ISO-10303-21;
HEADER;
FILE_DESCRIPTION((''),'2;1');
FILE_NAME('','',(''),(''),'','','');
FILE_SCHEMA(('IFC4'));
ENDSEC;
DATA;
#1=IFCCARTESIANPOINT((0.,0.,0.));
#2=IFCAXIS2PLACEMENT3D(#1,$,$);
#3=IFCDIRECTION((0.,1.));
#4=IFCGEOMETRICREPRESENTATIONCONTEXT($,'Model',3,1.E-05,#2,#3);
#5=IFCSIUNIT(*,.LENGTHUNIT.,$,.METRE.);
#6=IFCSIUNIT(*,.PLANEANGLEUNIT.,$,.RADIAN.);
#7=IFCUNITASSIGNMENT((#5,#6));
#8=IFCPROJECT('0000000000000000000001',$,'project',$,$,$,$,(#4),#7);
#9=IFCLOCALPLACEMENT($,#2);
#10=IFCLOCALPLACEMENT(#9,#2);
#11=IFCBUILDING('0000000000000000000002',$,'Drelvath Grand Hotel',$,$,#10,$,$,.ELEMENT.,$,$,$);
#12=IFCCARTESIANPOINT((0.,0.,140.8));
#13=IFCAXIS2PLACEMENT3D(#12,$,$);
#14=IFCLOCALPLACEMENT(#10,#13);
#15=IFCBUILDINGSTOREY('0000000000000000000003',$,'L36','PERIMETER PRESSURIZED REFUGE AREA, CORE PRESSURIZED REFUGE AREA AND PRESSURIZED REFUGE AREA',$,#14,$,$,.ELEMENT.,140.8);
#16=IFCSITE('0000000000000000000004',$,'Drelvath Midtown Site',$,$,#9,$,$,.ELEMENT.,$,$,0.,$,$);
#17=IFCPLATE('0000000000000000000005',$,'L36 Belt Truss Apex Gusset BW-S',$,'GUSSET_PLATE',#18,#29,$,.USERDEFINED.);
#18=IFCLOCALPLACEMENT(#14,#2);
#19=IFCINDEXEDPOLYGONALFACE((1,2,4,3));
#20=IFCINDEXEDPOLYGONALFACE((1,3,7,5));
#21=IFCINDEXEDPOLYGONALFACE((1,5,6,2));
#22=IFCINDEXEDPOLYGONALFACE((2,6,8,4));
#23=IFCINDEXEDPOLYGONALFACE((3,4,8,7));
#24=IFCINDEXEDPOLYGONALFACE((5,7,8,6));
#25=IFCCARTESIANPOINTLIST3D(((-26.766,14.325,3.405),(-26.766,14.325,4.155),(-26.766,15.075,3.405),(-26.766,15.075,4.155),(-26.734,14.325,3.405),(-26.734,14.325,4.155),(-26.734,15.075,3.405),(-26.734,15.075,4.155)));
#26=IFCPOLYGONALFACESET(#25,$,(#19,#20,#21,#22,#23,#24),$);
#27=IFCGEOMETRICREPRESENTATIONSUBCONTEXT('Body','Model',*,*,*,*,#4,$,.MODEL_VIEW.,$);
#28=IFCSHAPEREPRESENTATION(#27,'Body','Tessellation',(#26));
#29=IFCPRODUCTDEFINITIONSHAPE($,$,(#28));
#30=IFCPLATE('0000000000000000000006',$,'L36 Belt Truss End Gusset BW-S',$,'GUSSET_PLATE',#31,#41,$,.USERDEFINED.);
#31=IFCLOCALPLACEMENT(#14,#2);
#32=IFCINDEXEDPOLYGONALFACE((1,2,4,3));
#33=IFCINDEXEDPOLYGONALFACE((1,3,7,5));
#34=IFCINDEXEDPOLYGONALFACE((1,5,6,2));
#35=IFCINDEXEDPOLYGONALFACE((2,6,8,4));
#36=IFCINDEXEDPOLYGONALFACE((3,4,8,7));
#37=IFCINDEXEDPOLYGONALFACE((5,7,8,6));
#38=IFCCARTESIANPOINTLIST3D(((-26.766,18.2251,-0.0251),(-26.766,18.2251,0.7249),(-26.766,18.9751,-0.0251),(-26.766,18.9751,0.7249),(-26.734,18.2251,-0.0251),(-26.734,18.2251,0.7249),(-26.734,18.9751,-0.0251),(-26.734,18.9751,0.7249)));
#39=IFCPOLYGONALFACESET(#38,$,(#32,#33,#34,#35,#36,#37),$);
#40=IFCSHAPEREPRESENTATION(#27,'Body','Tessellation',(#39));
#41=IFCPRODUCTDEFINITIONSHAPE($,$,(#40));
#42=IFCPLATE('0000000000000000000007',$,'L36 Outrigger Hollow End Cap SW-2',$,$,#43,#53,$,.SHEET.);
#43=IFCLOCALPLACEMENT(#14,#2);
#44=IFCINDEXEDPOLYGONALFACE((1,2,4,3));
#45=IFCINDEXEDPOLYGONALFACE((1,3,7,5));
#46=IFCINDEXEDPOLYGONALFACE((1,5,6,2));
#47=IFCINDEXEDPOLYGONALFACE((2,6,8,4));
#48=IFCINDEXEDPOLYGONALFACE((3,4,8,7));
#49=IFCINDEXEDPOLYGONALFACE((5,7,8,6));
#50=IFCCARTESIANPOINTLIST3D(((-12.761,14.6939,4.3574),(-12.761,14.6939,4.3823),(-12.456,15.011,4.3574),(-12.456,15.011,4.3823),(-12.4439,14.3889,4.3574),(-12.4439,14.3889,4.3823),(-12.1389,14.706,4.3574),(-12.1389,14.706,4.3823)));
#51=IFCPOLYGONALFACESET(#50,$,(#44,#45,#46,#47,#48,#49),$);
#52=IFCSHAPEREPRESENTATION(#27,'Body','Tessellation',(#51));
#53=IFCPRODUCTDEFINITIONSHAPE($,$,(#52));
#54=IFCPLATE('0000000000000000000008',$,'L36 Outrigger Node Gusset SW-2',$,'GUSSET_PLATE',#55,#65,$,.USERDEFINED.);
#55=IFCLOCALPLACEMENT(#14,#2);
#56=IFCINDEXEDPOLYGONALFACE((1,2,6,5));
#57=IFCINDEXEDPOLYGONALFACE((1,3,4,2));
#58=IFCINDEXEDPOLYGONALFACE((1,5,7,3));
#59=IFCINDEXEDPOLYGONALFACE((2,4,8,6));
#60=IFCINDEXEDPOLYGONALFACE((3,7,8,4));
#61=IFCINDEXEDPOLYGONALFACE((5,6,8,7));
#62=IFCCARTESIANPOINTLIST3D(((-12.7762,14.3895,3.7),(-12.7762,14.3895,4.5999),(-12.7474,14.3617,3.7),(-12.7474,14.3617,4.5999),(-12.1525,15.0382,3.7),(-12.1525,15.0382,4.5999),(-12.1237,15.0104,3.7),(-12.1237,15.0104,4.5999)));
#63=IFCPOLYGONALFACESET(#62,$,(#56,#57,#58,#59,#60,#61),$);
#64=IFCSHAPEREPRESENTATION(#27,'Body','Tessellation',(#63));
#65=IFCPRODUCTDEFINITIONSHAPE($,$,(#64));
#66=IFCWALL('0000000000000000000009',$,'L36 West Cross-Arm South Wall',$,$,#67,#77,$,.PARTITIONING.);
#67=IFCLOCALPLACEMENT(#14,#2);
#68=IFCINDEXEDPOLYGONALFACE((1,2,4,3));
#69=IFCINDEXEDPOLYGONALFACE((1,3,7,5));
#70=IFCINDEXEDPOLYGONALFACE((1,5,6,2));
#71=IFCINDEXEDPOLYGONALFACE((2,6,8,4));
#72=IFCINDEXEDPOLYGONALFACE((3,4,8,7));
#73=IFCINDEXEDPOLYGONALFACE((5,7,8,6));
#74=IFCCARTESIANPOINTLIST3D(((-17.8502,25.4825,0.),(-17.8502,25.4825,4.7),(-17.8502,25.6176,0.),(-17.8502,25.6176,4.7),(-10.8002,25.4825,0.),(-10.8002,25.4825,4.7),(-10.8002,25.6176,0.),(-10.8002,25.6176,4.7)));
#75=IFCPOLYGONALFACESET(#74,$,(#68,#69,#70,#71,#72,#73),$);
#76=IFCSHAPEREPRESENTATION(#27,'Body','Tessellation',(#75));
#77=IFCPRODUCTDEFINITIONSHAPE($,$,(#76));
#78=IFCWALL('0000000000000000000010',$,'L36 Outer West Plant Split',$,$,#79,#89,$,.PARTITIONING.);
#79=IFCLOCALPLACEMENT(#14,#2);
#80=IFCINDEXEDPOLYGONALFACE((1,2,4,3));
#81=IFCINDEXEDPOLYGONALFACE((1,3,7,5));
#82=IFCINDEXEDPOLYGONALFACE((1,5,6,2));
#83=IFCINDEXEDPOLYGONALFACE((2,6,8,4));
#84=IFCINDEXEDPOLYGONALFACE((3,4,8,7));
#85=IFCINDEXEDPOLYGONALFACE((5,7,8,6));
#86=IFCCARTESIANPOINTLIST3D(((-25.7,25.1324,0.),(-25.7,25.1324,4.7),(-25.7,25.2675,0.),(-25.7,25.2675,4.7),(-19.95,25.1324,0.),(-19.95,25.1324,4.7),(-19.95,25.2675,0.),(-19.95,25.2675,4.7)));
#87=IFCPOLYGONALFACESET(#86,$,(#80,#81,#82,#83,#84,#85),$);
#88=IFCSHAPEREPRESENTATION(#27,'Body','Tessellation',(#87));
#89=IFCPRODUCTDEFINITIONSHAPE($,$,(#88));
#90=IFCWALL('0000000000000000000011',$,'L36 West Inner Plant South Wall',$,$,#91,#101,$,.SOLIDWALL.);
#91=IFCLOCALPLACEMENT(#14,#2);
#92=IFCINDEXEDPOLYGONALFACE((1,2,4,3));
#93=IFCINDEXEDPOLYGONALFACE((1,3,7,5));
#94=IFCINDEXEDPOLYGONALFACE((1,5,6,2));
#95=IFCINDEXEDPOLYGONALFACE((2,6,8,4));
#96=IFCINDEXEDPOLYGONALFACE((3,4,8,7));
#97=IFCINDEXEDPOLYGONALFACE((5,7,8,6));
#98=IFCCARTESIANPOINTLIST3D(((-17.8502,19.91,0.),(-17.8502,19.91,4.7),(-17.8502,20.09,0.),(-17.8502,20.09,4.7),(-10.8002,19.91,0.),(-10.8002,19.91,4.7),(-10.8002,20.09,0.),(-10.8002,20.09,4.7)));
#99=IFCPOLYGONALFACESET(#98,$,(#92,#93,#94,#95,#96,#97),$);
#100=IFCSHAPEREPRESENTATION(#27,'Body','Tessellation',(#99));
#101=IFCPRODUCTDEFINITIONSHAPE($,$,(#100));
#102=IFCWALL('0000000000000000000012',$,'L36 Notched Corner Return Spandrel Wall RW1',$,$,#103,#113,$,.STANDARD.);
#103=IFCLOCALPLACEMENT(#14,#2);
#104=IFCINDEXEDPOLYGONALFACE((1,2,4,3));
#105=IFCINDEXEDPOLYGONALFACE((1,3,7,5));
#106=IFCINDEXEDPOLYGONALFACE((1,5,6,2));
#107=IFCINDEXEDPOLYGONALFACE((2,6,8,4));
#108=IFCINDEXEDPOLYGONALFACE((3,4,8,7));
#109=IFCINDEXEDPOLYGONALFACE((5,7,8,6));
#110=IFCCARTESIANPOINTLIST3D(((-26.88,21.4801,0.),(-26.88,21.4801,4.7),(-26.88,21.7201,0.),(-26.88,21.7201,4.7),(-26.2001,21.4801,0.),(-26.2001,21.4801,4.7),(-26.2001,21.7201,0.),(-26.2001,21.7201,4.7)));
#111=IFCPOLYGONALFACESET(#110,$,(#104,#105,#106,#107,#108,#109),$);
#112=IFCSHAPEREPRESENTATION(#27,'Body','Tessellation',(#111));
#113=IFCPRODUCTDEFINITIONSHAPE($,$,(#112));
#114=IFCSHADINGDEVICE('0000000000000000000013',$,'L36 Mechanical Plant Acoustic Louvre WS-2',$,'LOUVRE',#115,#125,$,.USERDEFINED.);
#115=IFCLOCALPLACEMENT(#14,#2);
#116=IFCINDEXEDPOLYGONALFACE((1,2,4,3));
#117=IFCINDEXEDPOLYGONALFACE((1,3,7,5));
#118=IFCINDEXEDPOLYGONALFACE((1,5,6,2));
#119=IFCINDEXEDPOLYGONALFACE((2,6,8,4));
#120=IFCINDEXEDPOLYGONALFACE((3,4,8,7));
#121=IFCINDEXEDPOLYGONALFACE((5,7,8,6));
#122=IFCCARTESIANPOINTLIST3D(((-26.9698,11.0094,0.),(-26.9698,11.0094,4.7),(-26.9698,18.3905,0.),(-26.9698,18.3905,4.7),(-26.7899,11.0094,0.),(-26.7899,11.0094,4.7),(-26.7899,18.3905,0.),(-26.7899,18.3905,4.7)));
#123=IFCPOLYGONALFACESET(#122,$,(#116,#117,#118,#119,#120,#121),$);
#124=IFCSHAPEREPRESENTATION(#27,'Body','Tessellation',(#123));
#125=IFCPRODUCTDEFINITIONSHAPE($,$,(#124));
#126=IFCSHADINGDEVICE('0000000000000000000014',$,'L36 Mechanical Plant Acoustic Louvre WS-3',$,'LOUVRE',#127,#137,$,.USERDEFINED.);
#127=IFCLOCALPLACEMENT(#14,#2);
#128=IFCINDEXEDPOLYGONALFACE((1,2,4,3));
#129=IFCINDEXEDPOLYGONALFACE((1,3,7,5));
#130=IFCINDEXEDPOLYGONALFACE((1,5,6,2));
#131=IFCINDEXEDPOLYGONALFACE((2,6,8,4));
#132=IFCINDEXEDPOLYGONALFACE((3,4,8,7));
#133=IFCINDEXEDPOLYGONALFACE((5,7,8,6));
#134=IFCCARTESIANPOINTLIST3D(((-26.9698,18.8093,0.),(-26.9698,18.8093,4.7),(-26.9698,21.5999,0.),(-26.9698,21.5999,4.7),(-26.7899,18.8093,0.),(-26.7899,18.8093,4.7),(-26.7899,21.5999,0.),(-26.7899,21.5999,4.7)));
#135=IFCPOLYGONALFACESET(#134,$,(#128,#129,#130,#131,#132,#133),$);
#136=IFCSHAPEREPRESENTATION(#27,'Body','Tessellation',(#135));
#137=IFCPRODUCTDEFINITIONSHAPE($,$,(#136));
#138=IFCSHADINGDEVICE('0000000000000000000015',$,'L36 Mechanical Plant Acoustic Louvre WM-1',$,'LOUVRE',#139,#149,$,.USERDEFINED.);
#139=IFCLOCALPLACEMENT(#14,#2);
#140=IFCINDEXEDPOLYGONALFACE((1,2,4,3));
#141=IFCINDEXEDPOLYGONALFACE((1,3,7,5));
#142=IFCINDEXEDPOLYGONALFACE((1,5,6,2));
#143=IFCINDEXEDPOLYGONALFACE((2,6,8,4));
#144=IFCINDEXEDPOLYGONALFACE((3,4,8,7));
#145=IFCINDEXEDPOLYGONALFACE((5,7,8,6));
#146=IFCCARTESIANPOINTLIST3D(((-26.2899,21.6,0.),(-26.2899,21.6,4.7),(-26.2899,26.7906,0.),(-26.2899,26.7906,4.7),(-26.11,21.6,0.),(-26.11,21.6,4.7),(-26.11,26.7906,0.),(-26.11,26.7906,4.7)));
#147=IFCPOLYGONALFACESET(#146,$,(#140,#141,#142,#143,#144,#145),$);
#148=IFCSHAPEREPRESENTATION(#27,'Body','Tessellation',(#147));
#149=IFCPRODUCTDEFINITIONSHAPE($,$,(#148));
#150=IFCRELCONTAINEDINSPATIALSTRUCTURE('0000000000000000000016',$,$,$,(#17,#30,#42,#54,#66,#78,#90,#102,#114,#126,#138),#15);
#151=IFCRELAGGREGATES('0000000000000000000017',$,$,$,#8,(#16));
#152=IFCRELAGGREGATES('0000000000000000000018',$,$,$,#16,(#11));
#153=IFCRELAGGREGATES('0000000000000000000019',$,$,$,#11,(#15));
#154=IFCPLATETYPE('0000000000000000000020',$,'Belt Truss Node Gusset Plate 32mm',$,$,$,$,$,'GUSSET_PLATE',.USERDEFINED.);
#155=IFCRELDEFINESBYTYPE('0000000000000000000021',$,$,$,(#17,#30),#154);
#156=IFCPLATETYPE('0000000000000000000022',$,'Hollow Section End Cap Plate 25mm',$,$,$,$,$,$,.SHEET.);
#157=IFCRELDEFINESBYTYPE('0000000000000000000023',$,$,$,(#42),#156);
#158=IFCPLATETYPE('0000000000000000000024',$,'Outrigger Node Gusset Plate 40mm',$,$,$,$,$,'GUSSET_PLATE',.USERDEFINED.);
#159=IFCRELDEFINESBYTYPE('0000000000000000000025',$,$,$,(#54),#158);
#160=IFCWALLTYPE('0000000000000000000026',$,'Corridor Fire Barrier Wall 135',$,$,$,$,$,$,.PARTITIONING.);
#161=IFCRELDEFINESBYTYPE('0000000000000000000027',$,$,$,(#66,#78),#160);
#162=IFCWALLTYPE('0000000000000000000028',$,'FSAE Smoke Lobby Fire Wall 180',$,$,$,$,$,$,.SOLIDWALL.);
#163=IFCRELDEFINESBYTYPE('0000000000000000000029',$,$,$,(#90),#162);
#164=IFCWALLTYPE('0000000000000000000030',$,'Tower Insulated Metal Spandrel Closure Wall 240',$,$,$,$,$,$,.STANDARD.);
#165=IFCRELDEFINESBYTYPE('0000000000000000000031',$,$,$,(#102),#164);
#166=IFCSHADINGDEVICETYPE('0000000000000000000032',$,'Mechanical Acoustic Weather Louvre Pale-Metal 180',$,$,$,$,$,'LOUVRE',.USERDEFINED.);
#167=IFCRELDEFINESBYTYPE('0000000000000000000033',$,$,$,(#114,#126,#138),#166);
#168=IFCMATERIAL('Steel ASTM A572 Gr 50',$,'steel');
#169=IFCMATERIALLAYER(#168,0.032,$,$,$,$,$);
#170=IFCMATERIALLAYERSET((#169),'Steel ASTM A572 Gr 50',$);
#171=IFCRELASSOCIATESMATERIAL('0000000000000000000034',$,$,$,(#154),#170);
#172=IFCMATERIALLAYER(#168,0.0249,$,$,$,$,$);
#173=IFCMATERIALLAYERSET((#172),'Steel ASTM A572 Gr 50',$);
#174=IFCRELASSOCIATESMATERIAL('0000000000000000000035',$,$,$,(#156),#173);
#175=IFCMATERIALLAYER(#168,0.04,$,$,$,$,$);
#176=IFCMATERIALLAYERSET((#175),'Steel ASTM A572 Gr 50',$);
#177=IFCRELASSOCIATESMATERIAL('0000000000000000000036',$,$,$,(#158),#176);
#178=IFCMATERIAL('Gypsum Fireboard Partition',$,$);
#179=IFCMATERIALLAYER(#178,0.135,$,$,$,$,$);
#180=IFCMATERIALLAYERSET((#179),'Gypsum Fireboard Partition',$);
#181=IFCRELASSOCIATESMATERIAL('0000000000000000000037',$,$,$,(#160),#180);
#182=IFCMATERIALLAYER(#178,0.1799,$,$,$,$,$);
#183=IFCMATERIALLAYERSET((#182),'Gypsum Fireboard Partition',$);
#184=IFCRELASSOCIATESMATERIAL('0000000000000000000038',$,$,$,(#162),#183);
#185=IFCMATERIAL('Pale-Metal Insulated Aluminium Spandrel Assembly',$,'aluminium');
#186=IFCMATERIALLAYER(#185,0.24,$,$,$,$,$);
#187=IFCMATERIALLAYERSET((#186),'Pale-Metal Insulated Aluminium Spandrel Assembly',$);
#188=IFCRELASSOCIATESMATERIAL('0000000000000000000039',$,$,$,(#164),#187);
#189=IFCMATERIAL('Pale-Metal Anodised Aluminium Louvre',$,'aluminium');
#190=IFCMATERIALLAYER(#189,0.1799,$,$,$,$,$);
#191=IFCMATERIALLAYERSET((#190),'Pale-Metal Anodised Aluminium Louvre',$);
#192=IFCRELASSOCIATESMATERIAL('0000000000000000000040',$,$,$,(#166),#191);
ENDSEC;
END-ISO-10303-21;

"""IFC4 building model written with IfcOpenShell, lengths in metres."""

from ifc_helpers import new_model, si_unit, direction, frame, frame_2d, origin, origin_2d, place, context, subcontext, project, spatial, rectangle, extrude, material, layer, layer_set, type_object, element, save


model = new_model("IFC4")

# Units and contexts
model_context = context("Model", 3, precision=1e-05, world=origin(), true_north=direction((0.0, 1.0)))
body_context = subcontext(model_context, "Body", "Model", "MODEL_VIEW")
ifc_project = project(units=[si_unit("LENGTHUNIT", "METRE"), si_unit("PLANEANGLEUNIT", "RADIAN")], contexts=[model_context])

# Site, building, storey
site_placement = place(None, origin())
site = spatial("IfcSite", under=ifc_project, at=site_placement, Name="Drelvath Midtown Site", CompositionType="ELEMENT", RefElevation=0.0)
building_placement = place(site_placement, origin())
building = spatial("IfcBuilding", under=site, at=building_placement, Name="Drelvath Grand Hotel", CompositionType="ELEMENT")
storey_placement = place(building_placement, frame((0.0, 0.0, 140.8)))
storey = spatial("IfcBuildingStorey", under=building, at=storey_placement, Name="L36", Description="PERIMETER PRESSURIZED REFUGE AREA, CORE PRESSURIZED REFUGE AREA AND PRESSURIZED REFUGE AREA", CompositionType="ELEMENT", Elevation=140.8)

# Plates
ifc_material_1 = material(Name="Steel ASTM A572 Gr 50", Category="steel")
ifc_layer_1 = layer(ifc_material_1, 0.032)
ifc_layer_set_1 = layer_set([ifc_layer_1], Name="Steel ASTM A572 Gr 50")
plate_type_1 = type_object("IfcPlateType", Name="Belt Truss Node Gusset Plate 32mm", ElementType="GUSSET_PLATE", PredefinedType="USERDEFINED", material=ifc_layer_set_1)
for number, where, z_axis, x_axis, name in (
    (1, (-26.75, 14.7, 3.405), (0.0, 0.0, 1.0), (0.0, 1.0, 0.0), "L36 Belt Truss Apex Gusset BW-S"),
    (2, (-26.75, 18.6001, -0.0251), (0.0, 0.0, 1.0), (0.0, 1.0, 0.0), "L36 Belt Truss End Gusset BW-S"),
):
    element("IfcPlate", number, at=place(storey_placement, frame(where, z_axis=z_axis, x_axis=x_axis)), inside=storey, type_object=plate_type_1, Name=name, ObjectType="GUSSET_PLATE", PredefinedType="USERDEFINED", context=body_context, shape_type="SweptSolid", body=[
        extrude(rectangle(XDim=0.75, YDim=0.032, at=origin_2d()), origin(), (0.0, 0.0, 1.0), 0.75),
    ])
ifc_layer_2 = layer(ifc_material_1, 0.0249)
ifc_layer_set_2 = layer_set([ifc_layer_2], Name="Steel ASTM A572 Gr 50")
plate_type_2 = type_object("IfcPlateType", Name="Hollow Section End Cap Plate 25mm", PredefinedType="SHEET", material=ifc_layer_set_2)
plate_1_placement = place(storey_placement, frame((-12.45, 14.7, 4.3574), z_axis=(0.0, 0.0, 1.0), x_axis=(-0.693109, -0.720833, 0.0)))
element("IfcPlate", 3, at=plate_1_placement, inside=storey, type_object=plate_type_2, Name="L36 Outrigger Hollow End Cap SW-2", PredefinedType="SHEET", context=body_context, shape_type="SweptSolid", body=[
    extrude(rectangle(XDim=0.4399, YDim=0.4399, at=origin_2d()), origin(), (0.0, 0.0, 1.0), 0.0249),
])
ifc_layer_3 = layer(ifc_material_1, 0.04)
ifc_layer_set_3 = layer_set([ifc_layer_3], Name="Steel ASTM A572 Gr 50")
plate_type_3 = type_object("IfcPlateType", Name="Outrigger Node Gusset Plate 40mm", ElementType="GUSSET_PLATE", PredefinedType="USERDEFINED", material=ifc_layer_set_3)
plate_2_placement = place(storey_placement, frame((-12.45, 14.7, 3.7), z_axis=(0.0, 0.0, 1.0), x_axis=(-0.693109, -0.720833, 0.0)))
element("IfcPlate", 4, at=plate_2_placement, inside=storey, type_object=plate_type_3, Name="L36 Outrigger Node Gusset SW-2", ObjectType="GUSSET_PLATE", PredefinedType="USERDEFINED", context=body_context, shape_type="SweptSolid", body=[
    extrude(rectangle(XDim=0.8999, YDim=0.04, at=origin_2d()), origin(), (0.0, 0.0, 1.0), 0.8999),
])

# Walls
ifc_material_2 = material(Name="Gypsum Fireboard Partition")
ifc_layer_4 = layer(ifc_material_2, 0.135)
ifc_layer_set_4 = layer_set([ifc_layer_4], Name="Gypsum Fireboard Partition")
wall_type_1 = type_object("IfcWallType", Name="Corridor Fire Barrier Wall 135", PredefinedType="PARTITIONING", material=ifc_layer_set_4)
wall_1_placement = place(storey_placement, frame((-17.8501, 25.55, 0.0), z_axis=(0.0, 0.0, 1.0), x_axis=(1.0, 0.0, 0.0)))
element("IfcWall", 5, at=wall_1_placement, inside=storey, type_object=wall_type_1, Name="L36 West Cross-Arm South Wall", PredefinedType="PARTITIONING", context=body_context, shape_type="SweptSolid", body=[
    extrude(rectangle(XDim=7.05, YDim=0.135, at=frame_2d((3.5249, 0.0))), origin(), (0.0, 0.0, 1.0), 4.7),
])
wall_2_placement = place(storey_placement, frame((-25.7, 25.2, 0.0), z_axis=(0.0, 0.0, 1.0), x_axis=(1.0, 0.0, 0.0)))
element("IfcWall", 6, at=wall_2_placement, inside=storey, type_object=wall_type_1, Name="L36 Outer West Plant Split", PredefinedType="PARTITIONING", context=body_context, shape_type="SweptSolid", body=[
    extrude(rectangle(XDim=5.75, YDim=0.135, at=frame_2d((2.875, 0.0))), origin(), (0.0, 0.0, 1.0), 4.7),
])
ifc_layer_5 = layer(ifc_material_2, 0.1799)
ifc_layer_set_5 = layer_set([ifc_layer_5], Name="Gypsum Fireboard Partition")
wall_type_2 = type_object("IfcWallType", Name="FSAE Smoke Lobby Fire Wall 180", PredefinedType="SOLIDWALL", material=ifc_layer_set_5)
wall_3_placement = place(storey_placement, frame((-17.8501, 20.0, 0.0), z_axis=(0.0, 0.0, 1.0), x_axis=(1.0, 0.0, 0.0)))
element("IfcWall", 7, at=wall_3_placement, inside=storey, type_object=wall_type_2, Name="L36 West Inner Plant South Wall", PredefinedType="SOLIDWALL", context=body_context, shape_type="SweptSolid", body=[
    extrude(rectangle(XDim=7.05, YDim=0.1799, at=frame_2d((3.5249, 0.0))), origin(), (0.0, 0.0, 1.0), 4.7),
])
ifc_material_3 = material(Name="Pale-Metal Insulated Aluminium Spandrel Assembly", Category="aluminium")
ifc_layer_6 = layer(ifc_material_3, 0.24)
ifc_layer_set_6 = layer_set([ifc_layer_6], Name="Pale-Metal Insulated Aluminium Spandrel Assembly")
wall_type_3 = type_object("IfcWallType", Name="Tower Insulated Metal Spandrel Closure Wall 240", PredefinedType="STANDARD", material=ifc_layer_set_6)
wall_4_placement = place(storey_placement, frame((-26.8799, 21.6001, 0.0), z_axis=(0.0, 0.0, 1.0), x_axis=(1.0, 0.0, 0.0)))
element("IfcWall", 8, at=wall_4_placement, inside=storey, type_object=wall_type_3, Name="L36 Notched Corner Return Spandrel Wall RW1", PredefinedType="STANDARD", context=body_context, shape_type="SweptSolid", body=[
    extrude(rectangle(XDim=0.6799, YDim=0.24, at=frame_2d((0.3398, 0.0))), origin(), (0.0, 0.0, 1.0), 4.7),
])

# Shading devices
ifc_material_4 = material(Name="Pale-Metal Anodised Aluminium Louvre", Category="aluminium")
ifc_layer_7 = layer(ifc_material_4, 0.1799)
ifc_layer_set_7 = layer_set([ifc_layer_7], Name="Pale-Metal Anodised Aluminium Louvre")
shading_device_type = type_object("IfcShadingDeviceType", Name="Mechanical Acoustic Weather Louvre Pale-Metal 180", ElementType="LOUVRE", PredefinedType="USERDEFINED", material=ifc_layer_set_7)
shading_device_1_placement = place(storey_placement, frame((-26.8799, 14.7, 0.0), z_axis=(0.0, 0.0, 1.0), x_axis=(0.0, 1.0, 0.0)))
element("IfcShadingDevice", 9, at=shading_device_1_placement, inside=storey, type_object=shading_device_type, Name="L36 Mechanical Plant Acoustic Louvre WS-2", ObjectType="LOUVRE", PredefinedType="USERDEFINED", context=body_context, shape_type="SweptSolid", body=[
    extrude(rectangle(XDim=7.3811, YDim=0.1799, at=origin_2d()), origin(), (0.0, 0.0, 1.0), 4.7),
])
shading_device_2_placement = place(storey_placement, frame((-26.8799, 20.2046, 0.0), z_axis=(0.0, 0.0, 1.0), x_axis=(0.0, 1.0, 0.0)))
element("IfcShadingDevice", 10, at=shading_device_2_placement, inside=storey, type_object=shading_device_type, Name="L36 Mechanical Plant Acoustic Louvre WS-3", ObjectType="LOUVRE", PredefinedType="USERDEFINED", context=body_context, shape_type="SweptSolid", body=[
    extrude(rectangle(XDim=2.7905, YDim=0.1799, at=origin_2d()), origin(), (0.0, 0.0, 1.0), 4.7),
])
shading_device_3_placement = place(storey_placement, frame((-26.2, 24.1953, 0.0), z_axis=(0.0, 0.0, 1.0), x_axis=(0.0, 1.0, 0.0)))
element("IfcShadingDevice", 11, at=shading_device_3_placement, inside=storey, type_object=shading_device_type, Name="L36 Mechanical Plant Acoustic Louvre WM-1", ObjectType="LOUVRE", PredefinedType="USERDEFINED", context=body_context, shape_type="SweptSolid", body=[
    extrude(rectangle(XDim=5.1907, YDim=0.1799, at=origin_2d()), origin(), (0.0, 0.0, 1.0), 4.7),
])

save(model, "model.ifc")
